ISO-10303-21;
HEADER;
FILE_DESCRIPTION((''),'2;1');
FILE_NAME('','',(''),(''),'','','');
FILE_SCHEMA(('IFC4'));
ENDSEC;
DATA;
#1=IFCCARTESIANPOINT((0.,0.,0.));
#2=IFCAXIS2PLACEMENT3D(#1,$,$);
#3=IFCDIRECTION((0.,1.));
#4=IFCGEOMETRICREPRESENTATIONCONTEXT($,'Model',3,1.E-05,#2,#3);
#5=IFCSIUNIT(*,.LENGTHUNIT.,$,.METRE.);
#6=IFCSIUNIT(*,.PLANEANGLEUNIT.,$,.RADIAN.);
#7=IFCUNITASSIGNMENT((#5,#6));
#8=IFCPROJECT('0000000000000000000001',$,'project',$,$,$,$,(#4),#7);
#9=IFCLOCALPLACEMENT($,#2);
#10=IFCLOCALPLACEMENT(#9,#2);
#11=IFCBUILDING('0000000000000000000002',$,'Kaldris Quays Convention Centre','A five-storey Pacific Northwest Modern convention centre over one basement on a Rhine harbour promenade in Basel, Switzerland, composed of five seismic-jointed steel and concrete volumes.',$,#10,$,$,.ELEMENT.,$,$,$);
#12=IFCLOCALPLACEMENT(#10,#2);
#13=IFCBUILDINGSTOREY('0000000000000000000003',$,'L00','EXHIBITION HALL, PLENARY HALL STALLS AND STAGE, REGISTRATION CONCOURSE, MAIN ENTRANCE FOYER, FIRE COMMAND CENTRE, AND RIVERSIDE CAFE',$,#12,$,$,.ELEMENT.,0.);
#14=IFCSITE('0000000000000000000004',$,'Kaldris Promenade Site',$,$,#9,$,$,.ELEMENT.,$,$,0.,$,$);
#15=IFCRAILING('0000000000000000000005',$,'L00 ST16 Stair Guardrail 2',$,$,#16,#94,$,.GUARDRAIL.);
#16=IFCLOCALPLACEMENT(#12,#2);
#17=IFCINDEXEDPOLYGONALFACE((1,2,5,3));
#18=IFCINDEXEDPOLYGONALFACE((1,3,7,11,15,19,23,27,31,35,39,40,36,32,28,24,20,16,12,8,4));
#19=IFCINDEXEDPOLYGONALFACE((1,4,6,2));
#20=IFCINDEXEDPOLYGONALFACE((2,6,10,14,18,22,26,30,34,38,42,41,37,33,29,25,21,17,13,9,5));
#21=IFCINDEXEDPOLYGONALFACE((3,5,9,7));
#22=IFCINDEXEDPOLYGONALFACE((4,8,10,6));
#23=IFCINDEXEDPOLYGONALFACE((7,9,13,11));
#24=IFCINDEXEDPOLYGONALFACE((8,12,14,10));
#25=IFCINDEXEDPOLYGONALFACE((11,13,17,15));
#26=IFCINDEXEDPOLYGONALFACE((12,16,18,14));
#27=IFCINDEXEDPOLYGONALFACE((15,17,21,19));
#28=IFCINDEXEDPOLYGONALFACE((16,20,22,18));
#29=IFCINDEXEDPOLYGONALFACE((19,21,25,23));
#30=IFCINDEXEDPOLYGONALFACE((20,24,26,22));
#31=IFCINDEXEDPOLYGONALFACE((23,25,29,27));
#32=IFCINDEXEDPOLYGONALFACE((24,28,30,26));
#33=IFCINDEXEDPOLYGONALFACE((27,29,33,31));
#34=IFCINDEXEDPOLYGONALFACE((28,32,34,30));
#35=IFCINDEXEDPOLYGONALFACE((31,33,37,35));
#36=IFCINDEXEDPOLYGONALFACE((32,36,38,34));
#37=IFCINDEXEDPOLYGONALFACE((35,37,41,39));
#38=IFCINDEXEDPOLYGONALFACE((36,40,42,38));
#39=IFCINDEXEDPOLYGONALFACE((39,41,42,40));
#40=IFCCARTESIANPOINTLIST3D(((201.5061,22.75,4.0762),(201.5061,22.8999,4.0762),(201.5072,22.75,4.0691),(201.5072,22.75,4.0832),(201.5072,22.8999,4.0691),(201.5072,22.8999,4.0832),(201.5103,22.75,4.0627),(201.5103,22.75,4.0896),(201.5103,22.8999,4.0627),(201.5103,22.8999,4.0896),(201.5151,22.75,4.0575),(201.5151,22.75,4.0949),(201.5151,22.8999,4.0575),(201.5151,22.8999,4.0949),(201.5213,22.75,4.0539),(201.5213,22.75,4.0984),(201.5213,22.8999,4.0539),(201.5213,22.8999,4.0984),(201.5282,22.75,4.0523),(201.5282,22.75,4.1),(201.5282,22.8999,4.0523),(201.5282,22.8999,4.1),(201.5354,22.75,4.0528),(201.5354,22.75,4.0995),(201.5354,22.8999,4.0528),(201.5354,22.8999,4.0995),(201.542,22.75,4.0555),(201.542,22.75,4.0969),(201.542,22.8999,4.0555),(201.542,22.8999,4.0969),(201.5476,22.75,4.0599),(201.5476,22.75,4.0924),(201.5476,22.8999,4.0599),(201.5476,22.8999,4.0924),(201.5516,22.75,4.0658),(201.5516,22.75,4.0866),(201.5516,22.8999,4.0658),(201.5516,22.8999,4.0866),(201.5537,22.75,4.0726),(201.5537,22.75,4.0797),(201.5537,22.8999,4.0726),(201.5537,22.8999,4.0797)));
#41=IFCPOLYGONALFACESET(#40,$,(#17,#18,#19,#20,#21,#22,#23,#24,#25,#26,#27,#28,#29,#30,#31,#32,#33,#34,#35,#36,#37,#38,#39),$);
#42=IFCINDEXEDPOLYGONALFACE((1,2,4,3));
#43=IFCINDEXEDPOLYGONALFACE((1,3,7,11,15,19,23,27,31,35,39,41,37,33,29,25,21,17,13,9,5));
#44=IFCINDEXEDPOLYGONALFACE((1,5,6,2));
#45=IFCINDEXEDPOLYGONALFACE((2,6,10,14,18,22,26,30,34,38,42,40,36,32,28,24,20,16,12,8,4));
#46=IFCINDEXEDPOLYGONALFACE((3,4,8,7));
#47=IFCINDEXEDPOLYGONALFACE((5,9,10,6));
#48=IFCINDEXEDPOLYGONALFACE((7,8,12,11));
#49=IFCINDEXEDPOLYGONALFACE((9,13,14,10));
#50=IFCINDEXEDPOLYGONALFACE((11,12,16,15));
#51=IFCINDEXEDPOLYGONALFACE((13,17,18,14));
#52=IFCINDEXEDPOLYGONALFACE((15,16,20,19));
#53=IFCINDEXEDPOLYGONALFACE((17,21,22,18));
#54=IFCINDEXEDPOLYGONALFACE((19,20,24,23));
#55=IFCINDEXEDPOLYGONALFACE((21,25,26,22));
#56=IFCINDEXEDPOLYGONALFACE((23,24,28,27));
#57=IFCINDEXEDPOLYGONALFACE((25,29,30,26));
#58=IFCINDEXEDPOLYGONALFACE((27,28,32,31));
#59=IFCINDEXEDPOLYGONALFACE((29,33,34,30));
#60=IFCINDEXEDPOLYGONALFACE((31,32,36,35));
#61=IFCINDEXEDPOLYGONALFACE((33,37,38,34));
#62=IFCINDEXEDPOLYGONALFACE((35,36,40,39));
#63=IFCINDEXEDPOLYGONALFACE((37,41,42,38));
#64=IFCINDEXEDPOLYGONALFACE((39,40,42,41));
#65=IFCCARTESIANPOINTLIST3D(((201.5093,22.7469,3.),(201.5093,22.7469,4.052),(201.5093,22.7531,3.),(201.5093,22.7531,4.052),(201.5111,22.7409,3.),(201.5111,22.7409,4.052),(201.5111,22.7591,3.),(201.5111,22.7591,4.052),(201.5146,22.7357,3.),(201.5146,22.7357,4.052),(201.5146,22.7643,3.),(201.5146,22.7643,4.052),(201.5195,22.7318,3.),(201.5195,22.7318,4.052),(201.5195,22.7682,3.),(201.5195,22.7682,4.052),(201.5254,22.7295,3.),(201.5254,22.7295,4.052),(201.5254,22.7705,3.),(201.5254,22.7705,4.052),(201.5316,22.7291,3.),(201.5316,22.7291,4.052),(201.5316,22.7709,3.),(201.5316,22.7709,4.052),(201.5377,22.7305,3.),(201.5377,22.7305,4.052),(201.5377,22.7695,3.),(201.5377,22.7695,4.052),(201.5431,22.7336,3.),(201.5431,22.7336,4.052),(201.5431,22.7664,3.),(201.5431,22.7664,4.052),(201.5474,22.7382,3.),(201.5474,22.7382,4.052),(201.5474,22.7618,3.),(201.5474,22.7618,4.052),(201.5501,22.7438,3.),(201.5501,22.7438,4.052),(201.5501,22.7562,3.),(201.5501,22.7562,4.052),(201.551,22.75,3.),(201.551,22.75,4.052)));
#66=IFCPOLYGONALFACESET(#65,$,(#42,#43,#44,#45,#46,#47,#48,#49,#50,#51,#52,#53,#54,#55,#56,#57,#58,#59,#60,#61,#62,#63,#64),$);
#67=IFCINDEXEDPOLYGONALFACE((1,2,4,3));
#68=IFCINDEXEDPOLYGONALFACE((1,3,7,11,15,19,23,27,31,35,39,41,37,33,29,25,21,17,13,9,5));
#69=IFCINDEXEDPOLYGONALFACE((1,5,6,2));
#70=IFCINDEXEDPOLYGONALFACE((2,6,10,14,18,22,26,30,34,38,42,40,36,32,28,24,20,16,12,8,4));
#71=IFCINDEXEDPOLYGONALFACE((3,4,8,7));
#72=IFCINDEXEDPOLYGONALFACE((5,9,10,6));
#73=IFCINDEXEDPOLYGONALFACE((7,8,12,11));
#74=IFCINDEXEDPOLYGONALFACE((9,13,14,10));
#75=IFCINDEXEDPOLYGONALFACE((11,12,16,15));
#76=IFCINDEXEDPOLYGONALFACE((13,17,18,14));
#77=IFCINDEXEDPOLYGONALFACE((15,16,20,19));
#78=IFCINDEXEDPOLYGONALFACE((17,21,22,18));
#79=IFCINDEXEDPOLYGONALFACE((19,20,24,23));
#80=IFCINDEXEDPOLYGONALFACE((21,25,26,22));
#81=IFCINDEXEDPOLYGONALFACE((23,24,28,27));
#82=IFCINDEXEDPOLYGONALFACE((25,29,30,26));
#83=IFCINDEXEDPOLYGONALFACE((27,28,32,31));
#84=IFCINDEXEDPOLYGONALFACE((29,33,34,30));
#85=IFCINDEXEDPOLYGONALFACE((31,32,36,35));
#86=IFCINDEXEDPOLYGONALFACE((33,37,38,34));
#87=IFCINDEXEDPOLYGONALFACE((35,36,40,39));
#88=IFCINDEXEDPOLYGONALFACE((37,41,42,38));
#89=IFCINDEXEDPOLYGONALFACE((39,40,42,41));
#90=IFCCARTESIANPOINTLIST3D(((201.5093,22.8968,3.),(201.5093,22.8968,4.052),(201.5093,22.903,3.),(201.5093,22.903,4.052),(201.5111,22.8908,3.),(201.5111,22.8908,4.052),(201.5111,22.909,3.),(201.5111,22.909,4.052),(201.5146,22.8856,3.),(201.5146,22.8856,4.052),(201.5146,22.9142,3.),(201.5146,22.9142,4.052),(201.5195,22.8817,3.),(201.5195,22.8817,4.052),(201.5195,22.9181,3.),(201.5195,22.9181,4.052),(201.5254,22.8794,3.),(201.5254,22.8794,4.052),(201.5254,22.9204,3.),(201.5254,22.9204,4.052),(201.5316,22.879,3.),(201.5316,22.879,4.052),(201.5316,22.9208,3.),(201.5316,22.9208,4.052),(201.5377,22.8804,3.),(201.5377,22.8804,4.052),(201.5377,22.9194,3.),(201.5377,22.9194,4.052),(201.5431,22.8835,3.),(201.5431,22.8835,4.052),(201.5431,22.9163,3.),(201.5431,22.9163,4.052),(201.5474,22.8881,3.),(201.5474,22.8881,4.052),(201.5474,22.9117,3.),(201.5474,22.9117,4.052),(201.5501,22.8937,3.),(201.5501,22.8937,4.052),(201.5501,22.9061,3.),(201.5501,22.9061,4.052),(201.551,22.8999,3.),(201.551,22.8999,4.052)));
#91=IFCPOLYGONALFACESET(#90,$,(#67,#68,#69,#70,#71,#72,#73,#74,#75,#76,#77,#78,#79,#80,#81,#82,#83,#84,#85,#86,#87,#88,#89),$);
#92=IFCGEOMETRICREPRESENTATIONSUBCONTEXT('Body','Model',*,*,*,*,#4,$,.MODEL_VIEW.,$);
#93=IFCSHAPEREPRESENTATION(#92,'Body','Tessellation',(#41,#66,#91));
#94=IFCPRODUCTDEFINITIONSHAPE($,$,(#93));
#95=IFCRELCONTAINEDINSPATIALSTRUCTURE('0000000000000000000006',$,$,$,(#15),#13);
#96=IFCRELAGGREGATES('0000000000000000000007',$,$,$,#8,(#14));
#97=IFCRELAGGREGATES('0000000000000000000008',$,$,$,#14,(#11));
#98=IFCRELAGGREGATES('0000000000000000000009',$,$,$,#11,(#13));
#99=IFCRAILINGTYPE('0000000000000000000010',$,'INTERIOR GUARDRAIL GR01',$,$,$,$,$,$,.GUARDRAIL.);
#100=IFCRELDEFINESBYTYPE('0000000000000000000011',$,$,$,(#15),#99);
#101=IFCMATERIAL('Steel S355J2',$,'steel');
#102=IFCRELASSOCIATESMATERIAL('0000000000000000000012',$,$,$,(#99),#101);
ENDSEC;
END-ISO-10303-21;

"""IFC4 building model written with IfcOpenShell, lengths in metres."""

from ifc_helpers import new_model, si_unit, direction, frame, origin, origin_2d, place, context, subcontext, project, spatial, circle, extrude, material, type_object, element, save


model = new_model("IFC4")

# Units and contexts
model_context = context("Model", 3, precision=1e-05, world=origin(), true_north=direction((0.0, 1.0)))
body_context = subcontext(model_context, "Body", "Model", "MODEL_VIEW")
ifc_project = project(units=[si_unit("LENGTHUNIT", "METRE"), si_unit("PLANEANGLEUNIT", "RADIAN")], contexts=[model_context])

# Site, building, storey
site_placement = place(None, origin())
site = spatial("IfcSite", under=ifc_project, at=site_placement, Name="Kaldris Promenade Site", CompositionType="ELEMENT", RefElevation=0.0)
building_placement = place(site_placement, origin())
building = spatial("IfcBuilding", under=site, at=building_placement, Name="Kaldris Quays Convention Centre", Description="A five-storey Pacific Northwest Modern convention centre over one basement on a Rhine harbour promenade in Basel, Switzerland, composed of five seismic-jointed steel and concrete volumes.", CompositionType="ELEMENT")
storey_placement = place(building_placement, origin())
storey = spatial("IfcBuildingStorey", under=building, at=storey_placement, Name="L00", Description="EXHIBITION HALL, PLENARY HALL STALLS AND STAGE, REGISTRATION CONCOURSE, MAIN ENTRANCE FOYER, FIRE COMMAND CENTRE, AND RIVERSIDE CAFE", CompositionType="ELEMENT", Elevation=0.0)

# Shared definitions
ifc_material_1 = material(Name="Steel S355J2", Category="steel")

# Railing
railing_type_1 = type_object("IfcRailingType", Name="INTERIOR GUARDRAIL GR01", PredefinedType="GUARDRAIL", material=ifc_material_1)
railing_1_placement = place(storey_placement, frame((201.53, 22.75, 3.0)))
element("IfcRailing", 1, at=railing_1_placement, inside=storey, type_object=railing_type_1, Name="L00 ST16 Stair Guardrail 2", PredefinedType="GUARDRAIL", context=body_context, shape_type="SweptSolid", body=[
    extrude(circle(Radius=0.0239, at=origin_2d()), frame((0.0, 0.0, 1.0762), z_axis=(0.0, 1.0, 0.0), x_axis=(-1.0, 0.0, 0.0)), (0.0, 0.0, 1.0), 0.1499),
    extrude(circle(Radius=0.021, at=origin_2d()), origin(), (0.0, 0.0, 1.0), 1.052),
    extrude(circle(Radius=0.021, at=origin_2d()), frame((0.0, 0.1499, 0.0)), (0.0, 0.0, 1.0), 1.052),
])

save(model, "model.ifc")
